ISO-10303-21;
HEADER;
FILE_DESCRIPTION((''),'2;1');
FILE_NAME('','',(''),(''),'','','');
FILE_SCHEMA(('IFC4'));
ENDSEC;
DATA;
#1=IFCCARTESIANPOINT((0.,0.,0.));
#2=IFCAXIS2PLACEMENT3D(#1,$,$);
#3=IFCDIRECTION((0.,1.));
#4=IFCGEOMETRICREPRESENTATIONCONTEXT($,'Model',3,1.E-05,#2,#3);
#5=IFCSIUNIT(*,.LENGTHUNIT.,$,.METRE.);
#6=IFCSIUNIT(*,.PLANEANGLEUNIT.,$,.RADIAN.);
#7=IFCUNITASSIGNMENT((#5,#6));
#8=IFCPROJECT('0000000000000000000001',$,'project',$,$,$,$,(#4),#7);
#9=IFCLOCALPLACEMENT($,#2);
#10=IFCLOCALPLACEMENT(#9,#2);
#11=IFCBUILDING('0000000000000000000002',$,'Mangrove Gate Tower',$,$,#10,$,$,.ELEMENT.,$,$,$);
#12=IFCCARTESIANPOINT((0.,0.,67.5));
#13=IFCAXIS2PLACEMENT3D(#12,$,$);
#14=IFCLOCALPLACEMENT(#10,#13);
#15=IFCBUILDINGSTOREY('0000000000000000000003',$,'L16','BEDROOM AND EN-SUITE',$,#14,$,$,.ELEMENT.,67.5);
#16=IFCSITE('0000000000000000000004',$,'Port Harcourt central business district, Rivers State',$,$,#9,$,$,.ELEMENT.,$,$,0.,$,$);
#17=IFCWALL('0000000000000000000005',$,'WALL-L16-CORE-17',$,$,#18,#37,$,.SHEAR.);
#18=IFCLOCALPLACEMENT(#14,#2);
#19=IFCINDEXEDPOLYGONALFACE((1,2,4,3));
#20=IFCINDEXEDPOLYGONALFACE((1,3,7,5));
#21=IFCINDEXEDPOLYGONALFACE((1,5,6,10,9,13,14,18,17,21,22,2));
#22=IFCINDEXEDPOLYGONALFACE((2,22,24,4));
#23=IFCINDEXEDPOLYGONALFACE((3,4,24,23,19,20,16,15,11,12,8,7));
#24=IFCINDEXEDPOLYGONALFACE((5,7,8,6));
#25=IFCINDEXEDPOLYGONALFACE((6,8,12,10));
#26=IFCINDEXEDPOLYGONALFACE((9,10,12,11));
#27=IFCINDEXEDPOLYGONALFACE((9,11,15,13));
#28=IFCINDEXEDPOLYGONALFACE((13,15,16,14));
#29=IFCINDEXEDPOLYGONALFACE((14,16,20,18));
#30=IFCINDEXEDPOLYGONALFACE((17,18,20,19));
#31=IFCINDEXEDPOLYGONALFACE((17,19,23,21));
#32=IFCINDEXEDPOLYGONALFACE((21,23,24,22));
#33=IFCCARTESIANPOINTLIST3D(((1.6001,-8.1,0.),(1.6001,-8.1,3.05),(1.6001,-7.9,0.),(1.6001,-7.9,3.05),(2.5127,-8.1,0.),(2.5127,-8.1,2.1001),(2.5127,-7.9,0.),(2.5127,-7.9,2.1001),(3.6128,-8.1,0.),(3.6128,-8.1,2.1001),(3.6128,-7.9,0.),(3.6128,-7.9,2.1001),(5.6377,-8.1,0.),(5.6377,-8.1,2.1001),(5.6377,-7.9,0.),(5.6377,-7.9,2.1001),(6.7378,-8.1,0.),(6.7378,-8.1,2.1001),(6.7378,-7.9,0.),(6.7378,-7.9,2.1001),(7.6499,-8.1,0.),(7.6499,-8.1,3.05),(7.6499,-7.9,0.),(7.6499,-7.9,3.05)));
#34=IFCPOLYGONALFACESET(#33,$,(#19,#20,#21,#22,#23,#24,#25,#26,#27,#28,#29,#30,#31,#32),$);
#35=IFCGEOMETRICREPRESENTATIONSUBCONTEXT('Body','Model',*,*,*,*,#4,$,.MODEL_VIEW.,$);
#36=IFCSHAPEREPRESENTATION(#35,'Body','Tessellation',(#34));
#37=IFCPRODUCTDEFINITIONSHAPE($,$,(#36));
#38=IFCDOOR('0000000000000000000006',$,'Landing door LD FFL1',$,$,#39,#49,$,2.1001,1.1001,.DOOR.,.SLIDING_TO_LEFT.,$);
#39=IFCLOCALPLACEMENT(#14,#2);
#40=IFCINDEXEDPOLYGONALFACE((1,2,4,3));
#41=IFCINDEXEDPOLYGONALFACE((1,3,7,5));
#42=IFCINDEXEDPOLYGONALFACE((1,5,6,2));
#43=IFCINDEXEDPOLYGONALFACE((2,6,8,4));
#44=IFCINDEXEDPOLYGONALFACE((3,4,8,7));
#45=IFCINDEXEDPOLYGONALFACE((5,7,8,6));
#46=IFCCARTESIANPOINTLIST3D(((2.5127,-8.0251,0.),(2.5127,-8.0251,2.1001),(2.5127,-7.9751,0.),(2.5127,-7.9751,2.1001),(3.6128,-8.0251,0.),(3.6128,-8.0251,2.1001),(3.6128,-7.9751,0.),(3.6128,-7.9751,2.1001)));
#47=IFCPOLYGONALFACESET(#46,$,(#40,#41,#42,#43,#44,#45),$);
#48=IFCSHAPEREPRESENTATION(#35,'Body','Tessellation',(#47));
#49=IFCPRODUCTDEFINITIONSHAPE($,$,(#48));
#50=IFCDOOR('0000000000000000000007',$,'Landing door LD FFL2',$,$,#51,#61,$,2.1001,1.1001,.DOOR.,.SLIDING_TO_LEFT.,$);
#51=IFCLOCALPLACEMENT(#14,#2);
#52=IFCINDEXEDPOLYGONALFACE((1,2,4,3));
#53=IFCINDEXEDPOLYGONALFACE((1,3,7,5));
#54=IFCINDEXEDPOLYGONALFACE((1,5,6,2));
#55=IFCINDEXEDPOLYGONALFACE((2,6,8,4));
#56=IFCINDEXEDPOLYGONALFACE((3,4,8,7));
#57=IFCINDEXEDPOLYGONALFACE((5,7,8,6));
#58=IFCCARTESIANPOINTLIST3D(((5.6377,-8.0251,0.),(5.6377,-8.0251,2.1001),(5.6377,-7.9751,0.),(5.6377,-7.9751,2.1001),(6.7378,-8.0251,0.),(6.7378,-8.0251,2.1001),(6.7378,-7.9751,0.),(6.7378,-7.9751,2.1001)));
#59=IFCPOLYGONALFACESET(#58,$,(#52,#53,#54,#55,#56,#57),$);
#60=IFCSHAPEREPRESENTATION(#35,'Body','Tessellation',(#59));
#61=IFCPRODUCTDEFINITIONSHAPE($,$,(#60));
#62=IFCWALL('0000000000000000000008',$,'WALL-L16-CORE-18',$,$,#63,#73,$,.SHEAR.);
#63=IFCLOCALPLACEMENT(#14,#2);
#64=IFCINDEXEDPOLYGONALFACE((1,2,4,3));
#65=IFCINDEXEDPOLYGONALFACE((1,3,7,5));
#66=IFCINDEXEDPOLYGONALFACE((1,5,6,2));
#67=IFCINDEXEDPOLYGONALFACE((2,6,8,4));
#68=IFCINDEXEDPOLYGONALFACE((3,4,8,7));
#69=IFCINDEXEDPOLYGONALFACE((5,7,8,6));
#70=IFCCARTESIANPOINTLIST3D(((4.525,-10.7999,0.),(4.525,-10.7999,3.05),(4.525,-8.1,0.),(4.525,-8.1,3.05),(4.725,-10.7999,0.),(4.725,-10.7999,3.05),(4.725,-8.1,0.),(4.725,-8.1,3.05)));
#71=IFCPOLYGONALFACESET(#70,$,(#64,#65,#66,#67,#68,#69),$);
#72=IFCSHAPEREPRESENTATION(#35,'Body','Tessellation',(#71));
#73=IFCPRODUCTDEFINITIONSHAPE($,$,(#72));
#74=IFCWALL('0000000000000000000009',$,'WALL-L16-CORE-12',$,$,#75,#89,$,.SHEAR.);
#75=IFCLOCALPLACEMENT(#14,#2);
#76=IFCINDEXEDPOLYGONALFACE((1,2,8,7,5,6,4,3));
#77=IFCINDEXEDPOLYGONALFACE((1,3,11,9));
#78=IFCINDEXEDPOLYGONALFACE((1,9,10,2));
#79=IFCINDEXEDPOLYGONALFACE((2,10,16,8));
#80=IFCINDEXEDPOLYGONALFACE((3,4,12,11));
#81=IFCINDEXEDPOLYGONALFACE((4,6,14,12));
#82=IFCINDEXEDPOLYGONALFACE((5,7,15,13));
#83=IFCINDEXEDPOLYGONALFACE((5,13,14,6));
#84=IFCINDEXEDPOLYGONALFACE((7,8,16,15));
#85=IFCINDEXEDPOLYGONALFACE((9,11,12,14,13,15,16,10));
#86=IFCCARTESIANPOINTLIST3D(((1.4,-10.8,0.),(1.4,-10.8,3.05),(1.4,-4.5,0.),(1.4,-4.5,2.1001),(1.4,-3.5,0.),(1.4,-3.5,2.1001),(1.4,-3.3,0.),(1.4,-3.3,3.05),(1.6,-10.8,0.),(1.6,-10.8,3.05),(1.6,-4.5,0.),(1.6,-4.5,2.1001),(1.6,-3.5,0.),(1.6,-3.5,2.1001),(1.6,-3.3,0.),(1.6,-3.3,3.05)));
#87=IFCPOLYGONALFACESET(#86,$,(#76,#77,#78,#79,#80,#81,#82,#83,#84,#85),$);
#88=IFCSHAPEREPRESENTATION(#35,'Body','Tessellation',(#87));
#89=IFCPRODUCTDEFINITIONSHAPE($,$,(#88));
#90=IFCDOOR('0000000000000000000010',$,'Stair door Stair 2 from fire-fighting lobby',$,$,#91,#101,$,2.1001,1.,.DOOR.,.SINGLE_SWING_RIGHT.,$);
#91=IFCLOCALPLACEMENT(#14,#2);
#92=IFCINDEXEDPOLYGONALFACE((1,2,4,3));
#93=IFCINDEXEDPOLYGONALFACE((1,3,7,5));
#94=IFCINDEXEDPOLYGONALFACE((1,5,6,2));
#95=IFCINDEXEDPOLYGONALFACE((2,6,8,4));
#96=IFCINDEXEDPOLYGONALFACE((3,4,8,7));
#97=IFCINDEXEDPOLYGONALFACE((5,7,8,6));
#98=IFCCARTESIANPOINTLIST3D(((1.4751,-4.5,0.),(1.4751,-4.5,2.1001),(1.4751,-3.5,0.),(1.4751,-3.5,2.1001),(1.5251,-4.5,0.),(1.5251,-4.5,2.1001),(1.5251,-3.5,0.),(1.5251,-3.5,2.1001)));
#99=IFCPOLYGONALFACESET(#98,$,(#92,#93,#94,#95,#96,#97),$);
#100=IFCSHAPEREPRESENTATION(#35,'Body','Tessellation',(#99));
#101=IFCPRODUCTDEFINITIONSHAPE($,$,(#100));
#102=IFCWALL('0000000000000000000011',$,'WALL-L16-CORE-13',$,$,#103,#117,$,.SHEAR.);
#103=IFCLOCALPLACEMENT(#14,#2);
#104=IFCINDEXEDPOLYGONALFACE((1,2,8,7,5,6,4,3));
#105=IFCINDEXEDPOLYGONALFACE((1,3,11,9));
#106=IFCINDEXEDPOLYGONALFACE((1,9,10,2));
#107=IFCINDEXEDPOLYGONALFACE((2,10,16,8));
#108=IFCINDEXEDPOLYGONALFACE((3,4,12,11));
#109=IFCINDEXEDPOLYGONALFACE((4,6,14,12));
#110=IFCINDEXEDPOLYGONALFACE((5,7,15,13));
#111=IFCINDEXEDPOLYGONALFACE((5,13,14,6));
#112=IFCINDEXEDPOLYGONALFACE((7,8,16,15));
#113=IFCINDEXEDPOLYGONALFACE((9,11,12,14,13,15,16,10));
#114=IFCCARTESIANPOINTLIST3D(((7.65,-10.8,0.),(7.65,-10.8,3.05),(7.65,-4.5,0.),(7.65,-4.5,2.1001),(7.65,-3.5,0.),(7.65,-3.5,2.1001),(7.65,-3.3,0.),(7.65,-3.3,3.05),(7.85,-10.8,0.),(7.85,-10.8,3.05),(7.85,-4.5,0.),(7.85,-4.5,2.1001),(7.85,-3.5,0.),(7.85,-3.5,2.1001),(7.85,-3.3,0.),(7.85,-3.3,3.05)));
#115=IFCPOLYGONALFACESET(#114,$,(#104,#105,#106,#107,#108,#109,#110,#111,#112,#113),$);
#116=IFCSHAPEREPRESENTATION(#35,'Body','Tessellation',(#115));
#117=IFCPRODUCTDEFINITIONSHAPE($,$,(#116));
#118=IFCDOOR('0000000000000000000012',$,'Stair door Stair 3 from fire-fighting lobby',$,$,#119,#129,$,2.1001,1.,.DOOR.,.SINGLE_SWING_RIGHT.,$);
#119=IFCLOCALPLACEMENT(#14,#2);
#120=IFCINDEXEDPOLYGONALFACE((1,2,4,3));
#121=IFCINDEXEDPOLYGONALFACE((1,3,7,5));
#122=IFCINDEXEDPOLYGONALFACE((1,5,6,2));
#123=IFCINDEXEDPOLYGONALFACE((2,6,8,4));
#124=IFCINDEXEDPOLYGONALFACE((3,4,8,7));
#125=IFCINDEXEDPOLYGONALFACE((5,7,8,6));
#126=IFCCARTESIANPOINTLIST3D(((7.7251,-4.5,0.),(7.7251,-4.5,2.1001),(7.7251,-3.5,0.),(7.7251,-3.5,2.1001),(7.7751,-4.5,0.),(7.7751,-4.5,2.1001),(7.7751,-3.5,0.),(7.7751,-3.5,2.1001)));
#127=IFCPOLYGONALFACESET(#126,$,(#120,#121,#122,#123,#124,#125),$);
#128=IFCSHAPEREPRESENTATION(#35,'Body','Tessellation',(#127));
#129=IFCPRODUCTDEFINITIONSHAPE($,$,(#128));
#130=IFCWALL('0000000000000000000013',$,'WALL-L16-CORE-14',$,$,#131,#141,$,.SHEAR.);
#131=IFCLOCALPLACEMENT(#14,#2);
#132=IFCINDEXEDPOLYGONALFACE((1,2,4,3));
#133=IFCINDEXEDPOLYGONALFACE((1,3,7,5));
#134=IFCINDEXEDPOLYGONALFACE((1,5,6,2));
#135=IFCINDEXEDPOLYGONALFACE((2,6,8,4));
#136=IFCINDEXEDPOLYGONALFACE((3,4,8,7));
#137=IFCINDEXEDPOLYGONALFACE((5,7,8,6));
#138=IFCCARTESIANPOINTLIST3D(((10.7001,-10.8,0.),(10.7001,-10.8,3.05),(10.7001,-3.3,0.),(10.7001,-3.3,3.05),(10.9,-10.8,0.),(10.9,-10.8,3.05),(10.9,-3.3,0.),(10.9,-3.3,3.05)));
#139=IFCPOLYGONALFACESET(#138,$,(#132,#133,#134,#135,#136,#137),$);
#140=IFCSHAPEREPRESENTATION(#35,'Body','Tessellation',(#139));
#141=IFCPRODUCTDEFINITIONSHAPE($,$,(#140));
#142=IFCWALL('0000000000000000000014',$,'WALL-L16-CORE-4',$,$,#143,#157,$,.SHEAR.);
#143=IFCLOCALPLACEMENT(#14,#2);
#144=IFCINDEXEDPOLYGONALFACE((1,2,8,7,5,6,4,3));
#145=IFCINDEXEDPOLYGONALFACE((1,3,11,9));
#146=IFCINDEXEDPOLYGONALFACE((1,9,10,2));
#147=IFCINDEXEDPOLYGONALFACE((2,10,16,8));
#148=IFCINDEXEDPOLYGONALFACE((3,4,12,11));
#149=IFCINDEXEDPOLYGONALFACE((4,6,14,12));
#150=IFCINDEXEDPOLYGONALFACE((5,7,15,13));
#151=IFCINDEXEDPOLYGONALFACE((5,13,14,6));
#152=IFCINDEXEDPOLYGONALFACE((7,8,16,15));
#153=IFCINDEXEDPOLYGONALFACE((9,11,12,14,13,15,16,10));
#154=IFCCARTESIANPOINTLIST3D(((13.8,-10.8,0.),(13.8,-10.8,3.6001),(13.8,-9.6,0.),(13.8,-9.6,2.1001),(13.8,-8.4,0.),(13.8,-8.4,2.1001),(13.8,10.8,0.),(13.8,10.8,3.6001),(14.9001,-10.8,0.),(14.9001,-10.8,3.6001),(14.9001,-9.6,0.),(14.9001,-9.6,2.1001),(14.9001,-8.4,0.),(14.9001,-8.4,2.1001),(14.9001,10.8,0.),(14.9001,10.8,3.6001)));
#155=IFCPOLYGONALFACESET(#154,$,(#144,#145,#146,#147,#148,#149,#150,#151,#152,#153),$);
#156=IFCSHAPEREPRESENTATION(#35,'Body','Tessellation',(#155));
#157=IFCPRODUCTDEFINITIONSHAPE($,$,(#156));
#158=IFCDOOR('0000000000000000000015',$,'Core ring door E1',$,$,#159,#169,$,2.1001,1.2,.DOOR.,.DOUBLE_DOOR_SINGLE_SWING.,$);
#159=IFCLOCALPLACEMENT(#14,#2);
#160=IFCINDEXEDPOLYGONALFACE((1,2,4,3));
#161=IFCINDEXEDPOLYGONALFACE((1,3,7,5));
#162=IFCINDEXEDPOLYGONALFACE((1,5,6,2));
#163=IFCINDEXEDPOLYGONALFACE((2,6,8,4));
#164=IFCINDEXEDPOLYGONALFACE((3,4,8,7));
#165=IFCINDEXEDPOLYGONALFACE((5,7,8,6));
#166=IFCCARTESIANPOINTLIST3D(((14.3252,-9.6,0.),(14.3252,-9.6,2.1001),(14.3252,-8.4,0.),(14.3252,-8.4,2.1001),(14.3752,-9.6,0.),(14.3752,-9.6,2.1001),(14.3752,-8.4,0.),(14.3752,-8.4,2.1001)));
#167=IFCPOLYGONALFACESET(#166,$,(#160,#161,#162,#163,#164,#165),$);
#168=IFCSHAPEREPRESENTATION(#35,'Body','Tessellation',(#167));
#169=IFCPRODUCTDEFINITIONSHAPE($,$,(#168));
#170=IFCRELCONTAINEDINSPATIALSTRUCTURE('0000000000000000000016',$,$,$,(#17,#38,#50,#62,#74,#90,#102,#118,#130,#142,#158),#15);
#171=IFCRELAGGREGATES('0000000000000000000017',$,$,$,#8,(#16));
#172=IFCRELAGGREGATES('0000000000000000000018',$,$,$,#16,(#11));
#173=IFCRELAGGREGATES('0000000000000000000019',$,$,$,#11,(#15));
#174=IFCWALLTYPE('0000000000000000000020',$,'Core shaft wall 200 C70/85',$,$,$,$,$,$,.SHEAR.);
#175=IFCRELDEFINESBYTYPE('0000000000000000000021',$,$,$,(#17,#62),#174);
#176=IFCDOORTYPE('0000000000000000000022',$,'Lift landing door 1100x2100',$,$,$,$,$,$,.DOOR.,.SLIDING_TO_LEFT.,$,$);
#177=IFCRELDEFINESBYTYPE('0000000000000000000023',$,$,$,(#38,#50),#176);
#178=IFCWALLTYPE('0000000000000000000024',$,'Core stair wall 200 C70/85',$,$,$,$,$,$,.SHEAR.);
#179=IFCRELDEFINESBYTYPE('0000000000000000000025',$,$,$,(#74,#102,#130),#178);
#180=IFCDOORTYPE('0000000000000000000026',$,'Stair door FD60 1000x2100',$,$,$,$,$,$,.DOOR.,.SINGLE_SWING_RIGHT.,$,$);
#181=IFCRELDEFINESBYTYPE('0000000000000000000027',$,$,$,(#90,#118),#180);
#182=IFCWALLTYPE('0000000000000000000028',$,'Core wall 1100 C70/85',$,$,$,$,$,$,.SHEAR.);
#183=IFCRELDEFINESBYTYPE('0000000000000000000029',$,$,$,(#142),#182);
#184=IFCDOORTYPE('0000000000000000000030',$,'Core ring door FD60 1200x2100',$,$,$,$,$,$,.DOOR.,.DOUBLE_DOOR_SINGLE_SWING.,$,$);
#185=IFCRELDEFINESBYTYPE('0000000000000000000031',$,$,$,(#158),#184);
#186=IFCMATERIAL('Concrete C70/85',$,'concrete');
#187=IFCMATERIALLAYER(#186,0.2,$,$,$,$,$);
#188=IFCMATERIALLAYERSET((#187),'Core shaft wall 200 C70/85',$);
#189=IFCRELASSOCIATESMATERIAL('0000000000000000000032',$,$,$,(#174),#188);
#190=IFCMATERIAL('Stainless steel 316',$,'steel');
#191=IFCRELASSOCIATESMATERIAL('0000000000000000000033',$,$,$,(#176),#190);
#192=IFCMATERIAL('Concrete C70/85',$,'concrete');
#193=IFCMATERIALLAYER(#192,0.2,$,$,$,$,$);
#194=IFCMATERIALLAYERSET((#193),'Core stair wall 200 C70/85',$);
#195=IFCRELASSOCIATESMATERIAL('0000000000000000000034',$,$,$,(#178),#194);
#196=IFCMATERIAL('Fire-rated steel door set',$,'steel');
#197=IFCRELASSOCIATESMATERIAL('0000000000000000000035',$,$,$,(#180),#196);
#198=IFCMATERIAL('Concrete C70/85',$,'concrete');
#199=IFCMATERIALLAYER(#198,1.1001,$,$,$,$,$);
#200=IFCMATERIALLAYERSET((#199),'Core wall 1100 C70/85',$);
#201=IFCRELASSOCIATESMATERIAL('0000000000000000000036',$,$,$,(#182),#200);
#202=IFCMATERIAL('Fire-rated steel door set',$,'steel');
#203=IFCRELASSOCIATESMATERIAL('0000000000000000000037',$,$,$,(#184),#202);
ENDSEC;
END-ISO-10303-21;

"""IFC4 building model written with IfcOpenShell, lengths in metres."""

from ifc_helpers import new_model, si_unit, direction, frame, frame_2d, origin, place, context, subcontext, project, spatial, rectangle, extrude, material, layer, layer_set, type_object, element, fill, save


model = new_model("IFC4")

# Units and contexts
model_context = context("Model", 3, precision=1e-05, world=origin(), true_north=direction((0.0, 1.0)))
body_context = subcontext(model_context, "Body", "Model", "MODEL_VIEW")
ifc_project = project(units=[si_unit("LENGTHUNIT", "METRE"), si_unit("PLANEANGLEUNIT", "RADIAN")], contexts=[model_context])

# Site, building, storey
site_placement = place(None, origin())
site = spatial("IfcSite", under=ifc_project, at=site_placement, Name="Port Harcourt central business district, Rivers State", CompositionType="ELEMENT", RefElevation=0.0)
building_placement = place(site_placement, origin())
building = spatial("IfcBuilding", under=site, at=building_placement, Name="Mangrove Gate Tower", CompositionType="ELEMENT")
storey_placement = place(building_placement, frame((0.0, 0.0, 67.5)))
storey = spatial("IfcBuildingStorey", under=building, at=storey_placement, Name="L16", Description="BEDROOM AND EN-SUITE", CompositionType="ELEMENT", Elevation=67.5)

# Wall, openings, doors
ifc_material_1 = material(Name="Concrete C70/85", Category="concrete")
ifc_layer_1 = layer(ifc_material_1, 0.2)
ifc_layer_set_1 = layer_set([ifc_layer_1], Name="Core shaft wall 200 C70/85")
wall_type_1 = type_object("IfcWallType", Name="Core shaft wall 200 C70/85", PredefinedType="SHEAR", material=ifc_layer_set_1)
wall_1_placement = place(storey_placement, frame((1.6001, -8.0, 0.0), z_axis=(0.0, 0.0, 1.0), x_axis=(1.0, 0.0, 0.0)))
wall_1 = element("IfcWall", 1, at=wall_1_placement, inside=storey, type_object=wall_type_1, Name="WALL-L16-CORE-17", PredefinedType="SHEAR", context=body_context, shape_type="SweptSolid", body=[
    extrude(rectangle(XDim=6.0498, YDim=0.2, at=frame_2d((3.0249, 0.0))), origin(), (0.0, 0.0, 1.0), 3.05),
])
opening_1_placement = place(wall_1_placement, frame((0.9126, 0.0, 0.0)))
opening_1 = element("IfcOpeningElement", 2, at=opening_1_placement, cuts=wall_1, PredefinedType="OPENING", context=body_context, shape_type="SweptSolid", body=[
    extrude(rectangle(XDim=1.1001, YDim=2.1001, at=frame_2d((0.55, 1.05))), frame((0.0, 0.1099, 0.0), z_axis=(0.0, -1.0, 0.0), x_axis=(1.0, 0.0, 0.0)), (0.0, 0.0, 1.0), 0.22),
])
opening_2_placement = place(wall_1_placement, frame((4.0376, 0.0, 0.0)))
opening_2 = element("IfcOpeningElement", 3, at=opening_2_placement, cuts=wall_1, PredefinedType="OPENING", context=body_context, shape_type="SweptSolid", body=[
    extrude(rectangle(XDim=1.1001, YDim=2.1001, at=frame_2d((0.55, 1.05))), frame((0.0, 0.1099, 0.0), z_axis=(0.0, -1.0, 0.0), x_axis=(1.0, 0.0, 0.0)), (0.0, 0.0, 1.0), 0.22),
])
ifc_material_2 = material(Name="Stainless steel 316", Category="steel")
door_type_1 = type_object("IfcDoorType", Name="Lift landing door 1100x2100", OperationType="SLIDING_TO_LEFT", PredefinedType="DOOR", material=ifc_material_2)
door_1_placement = place(opening_1_placement, origin())
door_1 = element("IfcDoor", 4, at=door_1_placement, inside=storey, type_object=door_type_1, Name="Landing door LD FFL1", OperationType="SLIDING_TO_LEFT", OverallHeight=2.1001, OverallWidth=1.1001, PredefinedType="DOOR", context=body_context, shape_type="SweptSolid", body=[
    extrude(rectangle(XDim=1.1001, YDim=2.1001, at=frame_2d((0.55, 1.05))), frame((0.0, 0.0249, 0.0), z_axis=(0.0, -1.0, 0.0), x_axis=(1.0, 0.0, 0.0)), (0.0, 0.0, 1.0), 0.05),
])
fill(opening_1, door_1)
door_2_placement = place(opening_2_placement, origin())
door_2 = element("IfcDoor", 5, at=door_2_placement, inside=storey, type_object=door_type_1, Name="Landing door LD FFL2", OperationType="SLIDING_TO_LEFT", OverallHeight=2.1001, OverallWidth=1.1001, PredefinedType="DOOR", context=body_context, shape_type="SweptSolid", body=[
    extrude(rectangle(XDim=1.1001, YDim=2.1001, at=frame_2d((0.55, 1.05))), frame((0.0, 0.0249, 0.0), z_axis=(0.0, -1.0, 0.0), x_axis=(1.0, 0.0, 0.0)), (0.0, 0.0, 1.0), 0.05),
])
fill(opening_2, door_2)

# Wall
wall_2_placement = place(storey_placement, frame((4.625, -10.8, 0.0), z_axis=(0.0, 0.0, 1.0), x_axis=(0.0, 1.0, 0.0)))
element("IfcWall", 6, at=wall_2_placement, inside=storey, type_object=wall_type_1, Name="WALL-L16-CORE-18", PredefinedType="SHEAR", context=body_context, shape_type="SweptSolid", body=[
    extrude(rectangle(XDim=2.7, YDim=0.2, at=frame_2d((1.3501, 0.0))), origin(), (0.0, 0.0, 1.0), 3.05),
])

# Walls, openings, doors
ifc_material_3 = material(Name="Concrete C70/85", Category="concrete")
ifc_layer_2 = layer(ifc_material_3, 0.2)
ifc_layer_set_2 = layer_set([ifc_layer_2], Name="Core stair wall 200 C70/85")
wall_type_2 = type_object("IfcWallType", Name="Core stair wall 200 C70/85", PredefinedType="SHEAR", material=ifc_layer_set_2)
wall_3_placement = place(storey_placement, frame((1.5, -10.8, 0.0), z_axis=(0.0, 0.0, 1.0), x_axis=(0.0, 1.0, 0.0)))
wall_3 = element("IfcWall", 7, at=wall_3_placement, inside=storey, type_object=wall_type_2, Name="WALL-L16-CORE-12", PredefinedType="SHEAR", context=body_context, shape_type="SweptSolid", body=[
    extrude(rectangle(XDim=7.5, YDim=0.2, at=frame_2d((3.75, 0.0))), origin(), (0.0, 0.0, 1.0), 3.05),
])
opening_3_placement = place(wall_3_placement, frame((6.3, 0.0, 0.0)))
opening_3 = element("IfcOpeningElement", 8, at=opening_3_placement, cuts=wall_3, PredefinedType="OPENING", context=body_context, shape_type="SweptSolid", body=[
    extrude(rectangle(XDim=1.0, YDim=2.1001, at=frame_2d((0.5, 1.05))), frame((0.0, 0.1099, 0.0), z_axis=(0.0, -1.0, 0.0), x_axis=(1.0, 0.0, 0.0)), (0.0, 0.0, 1.0), 0.22),
])
ifc_material_4 = material(Name="Fire-rated steel door set", Category="steel")
door_type_2 = type_object("IfcDoorType", Name="Stair door FD60 1000x2100", OperationType="SINGLE_SWING_RIGHT", PredefinedType="DOOR", material=ifc_material_4)
door_3_placement = place(opening_3_placement, origin())
door_3 = element("IfcDoor", 9, at=door_3_placement, inside=storey, type_object=door_type_2, Name="Stair door Stair 2 from fire-fighting lobby", OperationType="SINGLE_SWING_RIGHT", OverallHeight=2.1001, OverallWidth=1.0, PredefinedType="DOOR", context=body_context, shape_type="SweptSolid", body=[
    extrude(rectangle(XDim=1.0, YDim=2.1001, at=frame_2d((0.5, 1.05))), frame((0.0, 0.0249, 0.0), z_axis=(0.0, -1.0, 0.0), x_axis=(1.0, 0.0, 0.0)), (0.0, 0.0, 1.0), 0.05),
])
fill(opening_3, door_3)
wall_4_placement = place(storey_placement, frame((7.75, -10.8, 0.0), z_axis=(0.0, 0.0, 1.0), x_axis=(0.0, 1.0, 0.0)))
wall_4 = element("IfcWall", 10, at=wall_4_placement, inside=storey, type_object=wall_type_2, Name="WALL-L16-CORE-13", PredefinedType="SHEAR", context=body_context, shape_type="SweptSolid", body=[
    extrude(rectangle(XDim=7.5, YDim=0.2, at=frame_2d((3.75, 0.0))), origin(), (0.0, 0.0, 1.0), 3.05),
])
opening_4_placement = place(wall_4_placement, frame((6.3, 0.0, 0.0)))
opening_4 = element("IfcOpeningElement", 11, at=opening_4_placement, cuts=wall_4, PredefinedType="OPENING", context=body_context, shape_type="SweptSolid", body=[
    extrude(rectangle(XDim=1.0, YDim=2.1001, at=frame_2d((0.5, 1.05))), frame((0.0, 0.1099, 0.0), z_axis=(0.0, -1.0, 0.0), x_axis=(1.0, 0.0, 0.0)), (0.0, 0.0, 1.0), 0.22),
])
door_4_placement = place(opening_4_placement, origin())
door_4 = element("IfcDoor", 12, at=door_4_placement, inside=storey, type_object=door_type_2, Name="Stair door Stair 3 from fire-fighting lobby", OperationType="SINGLE_SWING_RIGHT", OverallHeight=2.1001, OverallWidth=1.0, PredefinedType="DOOR", context=body_context, shape_type="SweptSolid", body=[
    extrude(rectangle(XDim=1.0, YDim=2.1001, at=frame_2d((0.5, 1.05))), frame((0.0, 0.0249, 0.0), z_axis=(0.0, -1.0, 0.0), x_axis=(1.0, 0.0, 0.0)), (0.0, 0.0, 1.0), 0.05),
])
fill(opening_4, door_4)

# Wall
wall_5_placement = place(storey_placement, frame((10.8, -10.8, 0.0), z_axis=(0.0, 0.0, 1.0), x_axis=(0.0, 1.0, 0.0)))
element("IfcWall", 13, at=wall_5_placement, inside=storey, type_object=wall_type_2, Name="WALL-L16-CORE-14", PredefinedType="SHEAR", context=body_context, shape_type="SweptSolid", body=[
    extrude(rectangle(XDim=7.5, YDim=0.2, at=frame_2d((3.75, 0.0))), origin(), (0.0, 0.0, 1.0), 3.05),
])

# Wall, opening, door
ifc_material_5 = material(Name="Concrete C70/85", Category="concrete")
ifc_layer_3 = layer(ifc_material_5, 1.1001)
ifc_layer_set_3 = layer_set([ifc_layer_3], Name="Core wall 1100 C70/85")
wall_type_3 = type_object("IfcWallType", Name="Core wall 1100 C70/85", PredefinedType="SHEAR", material=ifc_layer_set_3)
wall_6_placement = place(storey_placement, frame((14.3501, -10.8, 0.0), z_axis=(0.0, 0.0, 1.0), x_axis=(0.0, 1.0, 0.0)))
wall_6 = element("IfcWall", 14, at=wall_6_placement, inside=storey, type_object=wall_type_3, Name="WALL-L16-CORE-4", PredefinedType="SHEAR", context=body_context, shape_type="SweptSolid", body=[
    extrude(rectangle(XDim=21.6001, YDim=1.1001, at=frame_2d((10.8, 0.0))), origin(), (0.0, 0.0, 1.0), 3.6001),
])
opening_5_placement = place(wall_6_placement, frame((1.2, 0.0, 0.0)))
opening_5 = element("IfcOpeningElement", 15, at=opening_5_placement, cuts=wall_6, PredefinedType="OPENING", context=body_context, shape_type="SweptSolid", body=[
    extrude(rectangle(XDim=1.2, YDim=2.1001, at=frame_2d((0.6001, 1.05))), frame((0.0, 0.5601, 0.0), z_axis=(0.0, -1.0, 0.0), x_axis=(1.0, 0.0, 0.0)), (0.0, 0.0, 1.0), 1.1201),
])
ifc_material_6 = material(Name="Fire-rated steel door set", Category="steel")
door_type_3 = type_object("IfcDoorType", Name="Core ring door FD60 1200x2100", OperationType="DOUBLE_DOOR_SINGLE_SWING", PredefinedType="DOOR", material=ifc_material_6)
door_5_placement = place(opening_5_placement, origin())
door_5 = element("IfcDoor", 16, at=door_5_placement, inside=storey, type_object=door_type_3, Name="Core ring door E1", OperationType="DOUBLE_DOOR_SINGLE_SWING", OverallHeight=2.1001, OverallWidth=1.2, PredefinedType="DOOR", context=body_context, shape_type="SweptSolid", body=[
    extrude(rectangle(XDim=1.2, YDim=2.1001, at=frame_2d((0.6001, 1.05))), frame((0.0, 0.0249, 0.0), z_axis=(0.0, -1.0, 0.0), x_axis=(1.0, 0.0, 0.0)), (0.0, 0.0, 1.0), 0.05),
])
fill(opening_5, door_5)

save(model, "model.ifc")
